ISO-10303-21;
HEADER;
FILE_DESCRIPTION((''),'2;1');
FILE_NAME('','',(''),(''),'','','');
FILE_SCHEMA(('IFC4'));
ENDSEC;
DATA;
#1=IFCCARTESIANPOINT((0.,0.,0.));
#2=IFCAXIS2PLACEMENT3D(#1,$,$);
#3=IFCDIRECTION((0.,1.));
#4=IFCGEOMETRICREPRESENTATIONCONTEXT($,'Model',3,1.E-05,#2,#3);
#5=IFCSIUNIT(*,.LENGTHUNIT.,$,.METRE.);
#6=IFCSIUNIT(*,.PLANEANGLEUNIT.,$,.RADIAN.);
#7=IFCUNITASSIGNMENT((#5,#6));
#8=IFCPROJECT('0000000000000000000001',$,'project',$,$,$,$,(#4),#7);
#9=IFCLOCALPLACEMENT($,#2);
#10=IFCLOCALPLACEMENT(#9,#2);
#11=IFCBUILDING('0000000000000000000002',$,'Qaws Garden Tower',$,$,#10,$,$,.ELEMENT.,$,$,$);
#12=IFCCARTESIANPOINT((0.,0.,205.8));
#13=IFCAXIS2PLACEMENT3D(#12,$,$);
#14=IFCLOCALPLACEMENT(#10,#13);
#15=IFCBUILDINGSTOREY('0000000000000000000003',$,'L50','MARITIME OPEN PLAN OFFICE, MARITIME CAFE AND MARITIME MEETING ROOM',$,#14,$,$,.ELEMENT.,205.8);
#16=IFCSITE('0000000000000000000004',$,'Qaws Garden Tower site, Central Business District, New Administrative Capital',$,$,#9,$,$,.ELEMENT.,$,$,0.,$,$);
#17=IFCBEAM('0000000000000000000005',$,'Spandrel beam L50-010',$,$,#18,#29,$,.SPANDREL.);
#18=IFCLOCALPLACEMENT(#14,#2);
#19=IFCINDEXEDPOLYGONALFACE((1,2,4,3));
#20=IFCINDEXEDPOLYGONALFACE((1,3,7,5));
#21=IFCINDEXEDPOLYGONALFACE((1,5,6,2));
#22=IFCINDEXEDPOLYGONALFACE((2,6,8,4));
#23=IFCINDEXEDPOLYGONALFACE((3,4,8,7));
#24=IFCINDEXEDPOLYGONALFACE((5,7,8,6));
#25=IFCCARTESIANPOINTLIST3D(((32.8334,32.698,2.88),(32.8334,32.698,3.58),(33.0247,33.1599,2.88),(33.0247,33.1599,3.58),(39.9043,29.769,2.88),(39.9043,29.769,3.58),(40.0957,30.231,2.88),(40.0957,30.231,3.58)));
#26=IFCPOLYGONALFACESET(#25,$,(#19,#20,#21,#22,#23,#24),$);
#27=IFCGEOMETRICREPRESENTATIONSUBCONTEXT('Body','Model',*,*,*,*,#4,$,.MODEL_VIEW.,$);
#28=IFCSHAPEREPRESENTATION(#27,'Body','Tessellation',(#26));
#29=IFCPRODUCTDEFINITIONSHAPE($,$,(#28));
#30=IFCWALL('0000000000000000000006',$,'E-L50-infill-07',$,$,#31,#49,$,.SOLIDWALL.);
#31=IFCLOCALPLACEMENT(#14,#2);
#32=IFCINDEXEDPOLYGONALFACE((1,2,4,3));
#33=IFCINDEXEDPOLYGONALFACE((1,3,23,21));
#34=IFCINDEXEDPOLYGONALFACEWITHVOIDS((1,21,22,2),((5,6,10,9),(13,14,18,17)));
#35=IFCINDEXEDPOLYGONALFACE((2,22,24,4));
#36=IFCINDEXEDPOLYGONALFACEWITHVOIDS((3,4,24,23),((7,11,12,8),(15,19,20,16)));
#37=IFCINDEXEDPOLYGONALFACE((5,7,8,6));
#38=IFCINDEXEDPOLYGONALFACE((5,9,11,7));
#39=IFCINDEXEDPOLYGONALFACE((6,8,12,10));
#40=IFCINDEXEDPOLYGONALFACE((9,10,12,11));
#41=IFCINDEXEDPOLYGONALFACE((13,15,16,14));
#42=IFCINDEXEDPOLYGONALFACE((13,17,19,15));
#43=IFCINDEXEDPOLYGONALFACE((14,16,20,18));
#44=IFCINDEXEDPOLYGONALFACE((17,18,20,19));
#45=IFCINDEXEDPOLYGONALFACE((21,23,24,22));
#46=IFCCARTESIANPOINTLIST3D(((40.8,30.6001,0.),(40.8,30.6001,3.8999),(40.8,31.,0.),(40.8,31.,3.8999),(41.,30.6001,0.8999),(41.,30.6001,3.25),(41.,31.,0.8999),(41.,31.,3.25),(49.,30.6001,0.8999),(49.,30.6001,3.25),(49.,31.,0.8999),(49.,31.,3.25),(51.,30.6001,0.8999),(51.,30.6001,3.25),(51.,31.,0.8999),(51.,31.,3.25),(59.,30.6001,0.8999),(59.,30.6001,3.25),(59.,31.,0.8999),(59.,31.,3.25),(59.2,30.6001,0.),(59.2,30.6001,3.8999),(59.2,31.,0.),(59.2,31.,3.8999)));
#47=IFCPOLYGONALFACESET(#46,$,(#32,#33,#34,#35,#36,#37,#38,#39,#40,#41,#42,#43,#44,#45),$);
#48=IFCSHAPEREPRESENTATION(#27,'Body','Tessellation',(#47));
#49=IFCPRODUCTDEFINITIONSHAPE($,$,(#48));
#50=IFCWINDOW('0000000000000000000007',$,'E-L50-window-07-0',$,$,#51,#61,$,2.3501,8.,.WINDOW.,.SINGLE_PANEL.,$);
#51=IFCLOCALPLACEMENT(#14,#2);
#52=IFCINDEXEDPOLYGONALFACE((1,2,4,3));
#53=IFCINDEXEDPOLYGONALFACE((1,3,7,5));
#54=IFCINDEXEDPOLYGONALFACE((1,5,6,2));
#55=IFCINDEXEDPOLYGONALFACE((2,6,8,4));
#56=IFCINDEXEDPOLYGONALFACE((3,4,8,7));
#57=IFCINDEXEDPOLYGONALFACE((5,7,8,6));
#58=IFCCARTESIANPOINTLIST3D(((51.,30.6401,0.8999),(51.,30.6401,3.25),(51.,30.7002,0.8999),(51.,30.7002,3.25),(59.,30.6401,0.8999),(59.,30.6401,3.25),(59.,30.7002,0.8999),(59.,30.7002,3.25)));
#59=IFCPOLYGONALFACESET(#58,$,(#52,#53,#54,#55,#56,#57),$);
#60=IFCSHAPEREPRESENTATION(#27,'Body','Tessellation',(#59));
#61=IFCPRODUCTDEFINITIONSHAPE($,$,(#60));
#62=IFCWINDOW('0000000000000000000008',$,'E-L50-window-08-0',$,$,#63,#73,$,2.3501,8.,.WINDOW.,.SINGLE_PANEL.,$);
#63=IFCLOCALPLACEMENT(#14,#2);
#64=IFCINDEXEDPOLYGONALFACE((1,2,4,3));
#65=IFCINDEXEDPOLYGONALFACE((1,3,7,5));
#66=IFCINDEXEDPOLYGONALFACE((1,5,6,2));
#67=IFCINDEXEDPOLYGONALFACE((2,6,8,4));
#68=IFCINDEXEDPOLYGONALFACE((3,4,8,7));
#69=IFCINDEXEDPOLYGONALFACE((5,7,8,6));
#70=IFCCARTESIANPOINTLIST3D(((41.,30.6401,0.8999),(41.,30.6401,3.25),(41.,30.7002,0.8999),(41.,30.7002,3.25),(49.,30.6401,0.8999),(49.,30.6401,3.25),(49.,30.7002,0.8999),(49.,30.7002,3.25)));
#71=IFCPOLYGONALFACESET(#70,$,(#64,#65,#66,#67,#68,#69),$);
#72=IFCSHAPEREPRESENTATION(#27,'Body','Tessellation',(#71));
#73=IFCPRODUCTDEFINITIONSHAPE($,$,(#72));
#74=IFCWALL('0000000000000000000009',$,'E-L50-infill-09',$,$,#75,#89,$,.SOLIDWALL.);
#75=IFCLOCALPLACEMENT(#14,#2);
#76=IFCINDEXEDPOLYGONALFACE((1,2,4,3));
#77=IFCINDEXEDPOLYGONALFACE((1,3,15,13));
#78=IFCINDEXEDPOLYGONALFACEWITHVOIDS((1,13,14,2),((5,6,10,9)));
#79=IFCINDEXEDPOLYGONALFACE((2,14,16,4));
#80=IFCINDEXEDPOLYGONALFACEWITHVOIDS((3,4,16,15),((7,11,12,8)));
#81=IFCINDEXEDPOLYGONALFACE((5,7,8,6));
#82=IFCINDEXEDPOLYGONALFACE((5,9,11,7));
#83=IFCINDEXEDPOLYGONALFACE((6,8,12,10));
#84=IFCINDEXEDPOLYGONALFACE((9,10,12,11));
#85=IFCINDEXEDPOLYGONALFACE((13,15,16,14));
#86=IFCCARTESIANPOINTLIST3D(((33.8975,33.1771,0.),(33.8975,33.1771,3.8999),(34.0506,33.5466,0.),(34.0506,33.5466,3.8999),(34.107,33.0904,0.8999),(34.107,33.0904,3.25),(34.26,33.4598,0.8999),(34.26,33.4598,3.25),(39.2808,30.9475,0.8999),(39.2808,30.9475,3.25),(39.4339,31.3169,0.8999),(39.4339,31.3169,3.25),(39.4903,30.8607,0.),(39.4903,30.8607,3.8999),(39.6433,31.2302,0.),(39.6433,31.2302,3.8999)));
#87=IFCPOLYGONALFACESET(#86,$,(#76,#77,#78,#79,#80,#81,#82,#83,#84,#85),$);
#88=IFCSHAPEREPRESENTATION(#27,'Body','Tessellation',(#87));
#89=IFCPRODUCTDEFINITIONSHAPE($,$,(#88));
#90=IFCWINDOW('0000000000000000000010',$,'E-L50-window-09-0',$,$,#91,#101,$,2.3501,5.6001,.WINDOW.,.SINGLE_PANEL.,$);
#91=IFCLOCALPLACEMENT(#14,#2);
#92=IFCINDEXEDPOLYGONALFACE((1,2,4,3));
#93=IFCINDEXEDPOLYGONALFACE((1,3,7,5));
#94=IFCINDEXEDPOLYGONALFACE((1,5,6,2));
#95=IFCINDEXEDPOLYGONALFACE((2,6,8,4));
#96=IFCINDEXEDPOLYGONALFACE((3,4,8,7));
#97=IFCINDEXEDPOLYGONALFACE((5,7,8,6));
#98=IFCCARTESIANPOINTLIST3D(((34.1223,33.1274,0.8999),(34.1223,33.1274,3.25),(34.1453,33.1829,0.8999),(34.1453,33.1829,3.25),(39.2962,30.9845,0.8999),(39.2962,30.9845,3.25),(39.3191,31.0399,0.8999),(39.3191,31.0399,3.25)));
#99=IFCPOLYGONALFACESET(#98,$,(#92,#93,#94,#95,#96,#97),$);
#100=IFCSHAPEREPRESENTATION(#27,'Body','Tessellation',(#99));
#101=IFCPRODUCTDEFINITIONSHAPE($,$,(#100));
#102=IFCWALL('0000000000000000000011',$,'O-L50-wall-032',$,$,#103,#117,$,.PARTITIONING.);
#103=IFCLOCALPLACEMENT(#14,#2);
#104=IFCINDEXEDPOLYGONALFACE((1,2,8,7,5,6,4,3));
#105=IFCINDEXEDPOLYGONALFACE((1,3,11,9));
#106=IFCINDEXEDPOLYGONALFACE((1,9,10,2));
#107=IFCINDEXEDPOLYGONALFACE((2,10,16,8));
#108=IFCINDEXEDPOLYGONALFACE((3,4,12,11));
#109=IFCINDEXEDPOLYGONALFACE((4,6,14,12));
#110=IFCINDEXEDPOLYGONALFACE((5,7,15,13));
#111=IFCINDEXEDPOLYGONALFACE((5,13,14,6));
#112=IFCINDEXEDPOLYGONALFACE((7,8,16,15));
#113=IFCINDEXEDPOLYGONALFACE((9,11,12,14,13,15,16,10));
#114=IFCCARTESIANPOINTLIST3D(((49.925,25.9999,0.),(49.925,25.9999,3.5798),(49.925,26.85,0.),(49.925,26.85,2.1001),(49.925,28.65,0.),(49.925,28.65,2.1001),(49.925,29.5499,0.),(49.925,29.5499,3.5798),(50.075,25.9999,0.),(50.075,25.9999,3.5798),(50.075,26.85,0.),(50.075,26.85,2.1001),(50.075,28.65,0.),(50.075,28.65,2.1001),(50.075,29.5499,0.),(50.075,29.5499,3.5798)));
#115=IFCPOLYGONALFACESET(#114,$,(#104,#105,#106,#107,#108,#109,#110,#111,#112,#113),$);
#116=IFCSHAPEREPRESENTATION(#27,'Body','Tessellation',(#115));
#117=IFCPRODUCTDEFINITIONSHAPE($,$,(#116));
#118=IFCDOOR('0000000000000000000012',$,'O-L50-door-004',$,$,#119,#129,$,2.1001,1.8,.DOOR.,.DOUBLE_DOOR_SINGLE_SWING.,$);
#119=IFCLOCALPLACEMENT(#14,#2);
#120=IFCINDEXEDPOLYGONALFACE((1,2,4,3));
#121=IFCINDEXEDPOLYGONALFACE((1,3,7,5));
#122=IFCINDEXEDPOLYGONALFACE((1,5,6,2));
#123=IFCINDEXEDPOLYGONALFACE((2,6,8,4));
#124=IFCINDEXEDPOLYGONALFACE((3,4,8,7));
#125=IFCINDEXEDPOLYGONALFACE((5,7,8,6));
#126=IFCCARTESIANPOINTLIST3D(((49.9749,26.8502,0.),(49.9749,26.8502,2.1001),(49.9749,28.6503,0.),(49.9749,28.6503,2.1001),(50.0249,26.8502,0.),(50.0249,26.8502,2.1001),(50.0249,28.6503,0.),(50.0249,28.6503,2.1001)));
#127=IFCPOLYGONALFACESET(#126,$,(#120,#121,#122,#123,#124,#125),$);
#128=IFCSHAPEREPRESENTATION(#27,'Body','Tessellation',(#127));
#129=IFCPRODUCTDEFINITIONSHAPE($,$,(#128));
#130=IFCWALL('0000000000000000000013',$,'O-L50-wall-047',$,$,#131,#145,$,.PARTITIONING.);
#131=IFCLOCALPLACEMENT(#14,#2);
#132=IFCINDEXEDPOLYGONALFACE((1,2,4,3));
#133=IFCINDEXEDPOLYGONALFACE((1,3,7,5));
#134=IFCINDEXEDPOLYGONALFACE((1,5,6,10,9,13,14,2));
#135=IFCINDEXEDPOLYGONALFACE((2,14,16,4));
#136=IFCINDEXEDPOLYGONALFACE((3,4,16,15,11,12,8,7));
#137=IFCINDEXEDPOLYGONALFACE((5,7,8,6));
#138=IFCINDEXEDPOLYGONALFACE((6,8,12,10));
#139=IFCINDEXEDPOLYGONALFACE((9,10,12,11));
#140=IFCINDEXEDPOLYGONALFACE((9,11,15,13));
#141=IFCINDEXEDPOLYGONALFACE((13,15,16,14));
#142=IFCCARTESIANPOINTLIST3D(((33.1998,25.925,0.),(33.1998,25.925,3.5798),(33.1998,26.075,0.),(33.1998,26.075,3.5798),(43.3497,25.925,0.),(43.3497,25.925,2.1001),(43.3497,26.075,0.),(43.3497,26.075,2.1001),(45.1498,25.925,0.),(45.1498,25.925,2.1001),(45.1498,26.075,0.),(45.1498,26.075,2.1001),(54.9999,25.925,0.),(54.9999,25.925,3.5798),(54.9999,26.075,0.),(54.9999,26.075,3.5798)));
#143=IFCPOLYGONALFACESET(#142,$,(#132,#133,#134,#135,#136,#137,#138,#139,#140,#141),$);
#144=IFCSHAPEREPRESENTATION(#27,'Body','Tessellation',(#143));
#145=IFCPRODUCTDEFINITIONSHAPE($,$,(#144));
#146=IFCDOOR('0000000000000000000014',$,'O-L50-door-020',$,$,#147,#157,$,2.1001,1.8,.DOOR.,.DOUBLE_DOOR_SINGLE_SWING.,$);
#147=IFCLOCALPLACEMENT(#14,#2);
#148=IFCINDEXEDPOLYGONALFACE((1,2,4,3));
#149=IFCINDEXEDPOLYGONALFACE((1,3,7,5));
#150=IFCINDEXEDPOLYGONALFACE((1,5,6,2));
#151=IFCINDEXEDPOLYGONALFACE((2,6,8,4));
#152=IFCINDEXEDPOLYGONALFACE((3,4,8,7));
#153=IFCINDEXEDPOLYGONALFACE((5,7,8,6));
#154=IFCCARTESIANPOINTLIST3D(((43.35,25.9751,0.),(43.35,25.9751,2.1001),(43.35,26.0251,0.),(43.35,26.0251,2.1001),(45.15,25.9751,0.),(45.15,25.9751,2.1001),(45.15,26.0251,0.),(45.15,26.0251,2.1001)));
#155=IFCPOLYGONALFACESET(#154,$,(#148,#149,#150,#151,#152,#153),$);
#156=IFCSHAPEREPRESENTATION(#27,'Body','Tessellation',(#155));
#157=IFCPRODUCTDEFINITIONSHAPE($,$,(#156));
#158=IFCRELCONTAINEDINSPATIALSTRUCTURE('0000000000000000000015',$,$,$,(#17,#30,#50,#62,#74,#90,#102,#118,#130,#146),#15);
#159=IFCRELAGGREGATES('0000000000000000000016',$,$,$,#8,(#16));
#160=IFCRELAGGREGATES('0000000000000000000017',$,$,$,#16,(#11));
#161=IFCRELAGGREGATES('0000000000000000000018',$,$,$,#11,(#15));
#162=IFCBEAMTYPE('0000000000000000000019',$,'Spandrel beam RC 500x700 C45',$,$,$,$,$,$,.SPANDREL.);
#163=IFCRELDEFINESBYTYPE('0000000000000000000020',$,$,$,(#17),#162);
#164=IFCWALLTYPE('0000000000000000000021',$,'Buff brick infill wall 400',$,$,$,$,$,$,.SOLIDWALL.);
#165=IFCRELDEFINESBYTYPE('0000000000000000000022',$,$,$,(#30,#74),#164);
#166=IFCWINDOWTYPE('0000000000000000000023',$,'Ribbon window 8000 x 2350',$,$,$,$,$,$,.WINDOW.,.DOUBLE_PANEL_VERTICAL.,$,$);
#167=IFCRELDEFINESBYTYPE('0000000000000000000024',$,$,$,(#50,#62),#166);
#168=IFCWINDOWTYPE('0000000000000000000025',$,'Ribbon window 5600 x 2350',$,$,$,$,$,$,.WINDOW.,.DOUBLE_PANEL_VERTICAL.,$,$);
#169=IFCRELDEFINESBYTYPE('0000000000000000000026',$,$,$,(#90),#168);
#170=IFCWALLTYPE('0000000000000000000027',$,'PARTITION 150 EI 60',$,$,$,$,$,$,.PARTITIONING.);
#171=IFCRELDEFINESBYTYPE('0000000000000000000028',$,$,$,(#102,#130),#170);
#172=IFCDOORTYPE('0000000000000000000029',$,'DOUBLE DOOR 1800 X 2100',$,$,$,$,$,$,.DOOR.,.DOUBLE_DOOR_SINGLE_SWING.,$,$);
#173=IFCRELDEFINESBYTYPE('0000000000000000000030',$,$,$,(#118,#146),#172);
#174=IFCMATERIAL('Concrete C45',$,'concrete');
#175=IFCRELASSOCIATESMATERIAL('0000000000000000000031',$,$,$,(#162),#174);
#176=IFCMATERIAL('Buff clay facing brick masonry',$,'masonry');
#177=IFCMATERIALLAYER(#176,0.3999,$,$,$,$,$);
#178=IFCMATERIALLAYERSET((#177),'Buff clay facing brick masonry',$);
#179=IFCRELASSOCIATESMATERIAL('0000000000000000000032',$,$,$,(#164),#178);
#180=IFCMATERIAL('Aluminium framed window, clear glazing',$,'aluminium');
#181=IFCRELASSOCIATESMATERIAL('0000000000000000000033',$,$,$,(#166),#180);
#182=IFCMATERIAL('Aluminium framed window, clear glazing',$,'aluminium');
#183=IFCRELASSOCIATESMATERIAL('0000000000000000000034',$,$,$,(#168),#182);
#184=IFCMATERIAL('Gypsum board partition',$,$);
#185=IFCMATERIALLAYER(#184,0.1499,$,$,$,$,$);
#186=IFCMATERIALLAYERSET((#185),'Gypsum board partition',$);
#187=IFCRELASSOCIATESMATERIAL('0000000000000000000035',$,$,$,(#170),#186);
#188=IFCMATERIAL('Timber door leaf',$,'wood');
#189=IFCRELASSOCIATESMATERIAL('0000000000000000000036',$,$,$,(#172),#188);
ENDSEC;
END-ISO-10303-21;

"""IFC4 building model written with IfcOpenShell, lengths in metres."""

from ifc_helpers import new_model, si_unit, direction, frame, frame_2d, origin, origin_2d, place, context, subcontext, project, spatial, rectangle, extrude, material, layer, layer_set, material_profile, profile_set, type_object, element, fill, save


model = new_model("IFC4")

# Units and contexts
model_context = context("Model", 3, precision=1e-05, world=origin(), true_north=direction((0.0, 1.0)))
body_context = subcontext(model_context, "Body", "Model", "MODEL_VIEW")
ifc_project = project(units=[si_unit("LENGTHUNIT", "METRE"), si_unit("PLANEANGLEUNIT", "RADIAN")], contexts=[model_context])

# Site, building, storey
site_placement = place(None, origin())
site = spatial("IfcSite", under=ifc_project, at=site_placement, Name="Qaws Garden Tower site, Central Business District, New Administrative Capital", CompositionType="ELEMENT", RefElevation=0.0)
building_placement = place(site_placement, origin())
building = spatial("IfcBuilding", under=site, at=building_placement, Name="Qaws Garden Tower", CompositionType="ELEMENT")
storey_placement = place(building_placement, frame((0.0, 0.0, 205.8)))
storey = spatial("IfcBuildingStorey", under=building, at=storey_placement, Name="L50", Description="MARITIME OPEN PLAN OFFICE, MARITIME CAFE AND MARITIME MEETING ROOM", CompositionType="ELEMENT", Elevation=205.8)

# Beam
ifc_material_1 = material(Name="Concrete C45", Category="concrete")
ifc_material_profile_1 = material_profile(ifc_material_1, rectangle(XDim=0.5, YDim=0.7, at=origin_2d()), Name="RC 500x700")
ifc_profile_set_1 = profile_set([ifc_material_profile_1], Name="Concrete C45")
beam_type = type_object("IfcBeamType", Name="Spandrel beam RC 500x700 C45", PredefinedType="SPANDREL", material=ifc_profile_set_1)
beam_placement = place(storey_placement, frame((40.0, 30.0, 3.23), z_axis=(-0.923878, 0.382687, 0.0), x_axis=(-0.382687, -0.923878, 0.0)))
element("IfcBeam", 1, at=beam_placement, inside=storey, type_object=beam_type, Name="Spandrel beam L50-010", PredefinedType="SPANDREL", context=body_context, shape_type="SweptSolid", body=[
    extrude(rectangle(XDim=0.5, YDim=0.7, at=origin_2d()), origin(), (0.0, 0.0, 1.0), 7.6536),
])

# Wall, openings, windows
ifc_material_2 = material(Name="Buff clay facing brick masonry", Category="masonry")
ifc_layer_1 = layer(ifc_material_2, 0.3999)
ifc_layer_set_1 = layer_set([ifc_layer_1], Name="Buff clay facing brick masonry")
wall_type_1 = type_object("IfcWallType", Name="Buff brick infill wall 400", PredefinedType="SOLIDWALL", material=ifc_layer_set_1)
wall_1_placement = place(storey_placement, frame((59.2, 30.8, 0.0), z_axis=(0.0, 0.0, 1.0), x_axis=(-1.0, 0.0, 0.0)))
wall_1 = element("IfcWall", 2, at=wall_1_placement, inside=storey, type_object=wall_type_1, Name="E-L50-infill-07", PredefinedType="SOLIDWALL", context=body_context, shape_type="SweptSolid", body=[
    extrude(rectangle(XDim=18.3999, YDim=0.3999, at=frame_2d((9.2, 0.0))), origin(), (0.0, 0.0, 1.0), 3.8999),
])
opening_1_placement = place(wall_1_placement, frame((0.2, 0.0, 0.8999)))
opening_1 = element("IfcOpeningElement", 3, at=opening_1_placement, cuts=wall_1, PredefinedType="OPENING", context=body_context, shape_type="SweptSolid", body=[
    extrude(rectangle(XDim=8.0, YDim=2.3501, at=frame_2d((4.0, 1.175))), frame((0.0, 0.21, 0.0), z_axis=(0.0, -1.0, 0.0), x_axis=(1.0, 0.0, 0.0)), (0.0, 0.0, 1.0), 0.4199),
])
opening_2_placement = place(wall_1_placement, frame((10.2, 0.0, 0.8999)))
opening_2 = element("IfcOpeningElement", 4, at=opening_2_placement, cuts=wall_1, PredefinedType="OPENING", context=body_context, shape_type="SweptSolid", body=[
    extrude(rectangle(XDim=8.0, YDim=2.3501, at=frame_2d((4.0, 1.175))), frame((0.0, 0.21, 0.0), z_axis=(0.0, -1.0, 0.0), x_axis=(1.0, 0.0, 0.0)), (0.0, 0.0, 1.0), 0.4199),
])
ifc_material_3 = material(Name="Aluminium framed window, clear glazing", Category="aluminium")
window_type_1 = type_object("IfcWindowType", Name="Ribbon window 8000 x 2350", PartitioningType="DOUBLE_PANEL_VERTICAL", PredefinedType="WINDOW", material=ifc_material_3)
window_1_placement = place(opening_1_placement, origin())
window_1 = element("IfcWindow", 5, at=window_1_placement, inside=storey, type_object=window_type_1, Name="E-L50-window-07-0", OverallHeight=2.3501, OverallWidth=8.0, PartitioningType="SINGLE_PANEL", PredefinedType="WINDOW", context=body_context, shape_type="SweptSolid", body=[
    extrude(rectangle(XDim=8.0, YDim=2.3501, at=frame_2d((4.0, 1.175))), frame((0.0, 0.1599, 0.0), z_axis=(0.0, -1.0, 0.0), x_axis=(1.0, 0.0, 0.0)), (0.0, 0.0, 1.0), 0.0601),
])
fill(opening_1, window_1)
window_2_placement = place(opening_2_placement, origin())
window_2 = element("IfcWindow", 6, at=window_2_placement, inside=storey, type_object=window_type_1, Name="E-L50-window-08-0", OverallHeight=2.3501, OverallWidth=8.0, PartitioningType="SINGLE_PANEL", PredefinedType="WINDOW", context=body_context, shape_type="SweptSolid", body=[
    extrude(rectangle(XDim=8.0, YDim=2.3501, at=frame_2d((4.0, 1.175))), frame((0.0, 0.1599, 0.0), z_axis=(0.0, -1.0, 0.0), x_axis=(1.0, 0.0, 0.0)), (0.0, 0.0, 1.0), 0.0601),
])
fill(opening_2, window_2)

# Wall, opening, window
wall_2_placement = place(storey_placement, frame((39.5669, 31.0454, 0.0), z_axis=(0.0, 0.0, 1.0), x_axis=(-0.923891, 0.382656, 0.0)))
wall_2 = element("IfcWall", 7, at=wall_2_placement, inside=storey, type_object=wall_type_1, Name="E-L50-infill-09", PredefinedType="SOLIDWALL", context=body_context, shape_type="SweptSolid", body=[
    extrude(rectangle(XDim=6.0535, YDim=0.3999, at=frame_2d((3.0269, 0.0))), origin(), (0.0, 0.0, 1.0), 3.8999),
])
opening_3_placement = place(wall_2_placement, frame((0.2268, 0.0, 0.8999)))
opening_3 = element("IfcOpeningElement", 8, at=opening_3_placement, cuts=wall_2, PredefinedType="OPENING", context=body_context, shape_type="SweptSolid", body=[
    extrude(rectangle(XDim=5.6001, YDim=2.3501, at=frame_2d((2.8, 1.175))), frame((0.0, 0.21, 0.0), z_axis=(0.0, -1.0, 0.0), x_axis=(1.0, 0.0, 0.0)), (0.0, 0.0, 1.0), 0.4199),
])
ifc_material_4 = material(Name="Aluminium framed window, clear glazing", Category="aluminium")
window_type_2 = type_object("IfcWindowType", Name="Ribbon window 5600 x 2350", PartitioningType="DOUBLE_PANEL_VERTICAL", PredefinedType="WINDOW", material=ifc_material_4)
window_3_placement = place(opening_3_placement, origin())
window_3 = element("IfcWindow", 9, at=window_3_placement, inside=storey, type_object=window_type_2, Name="E-L50-window-09-0", OverallHeight=2.3501, OverallWidth=5.6001, PartitioningType="SINGLE_PANEL", PredefinedType="WINDOW", context=body_context, shape_type="SweptSolid", body=[
    extrude(rectangle(XDim=5.6001, YDim=2.3501, at=frame_2d((2.8, 1.175))), frame((0.0, 0.1599, 0.0), z_axis=(0.0, -1.0, 0.0), x_axis=(1.0, 0.0, 0.0)), (0.0, 0.0, 1.0), 0.0601),
])
fill(opening_3, window_3)

# Walls, openings, doors
ifc_material_5 = material(Name="Gypsum board partition")
ifc_layer_2 = layer(ifc_material_5, 0.1499)
ifc_layer_set_2 = layer_set([ifc_layer_2], Name="Gypsum board partition")
wall_type_2 = type_object("IfcWallType", Name="PARTITION 150 EI 60", PredefinedType="PARTITIONING", material=ifc_layer_set_2)
wall_3_placement = place(storey_placement, frame((50.0, 26.0, 0.0), z_axis=(0.0, 0.0, 1.0), x_axis=(0.0, 1.0, 0.0)))
wall_3 = element("IfcWall", 10, at=wall_3_placement, inside=storey, type_object=wall_type_2, Name="O-L50-wall-032", PredefinedType="PARTITIONING", context=body_context, shape_type="SweptSolid", body=[
    extrude(rectangle(XDim=3.55, YDim=0.1499, at=frame_2d((1.7749, 0.0))), origin(), (0.0, 0.0, 1.0), 3.5798),
])
opening_4_placement = place(wall_3_placement, frame((0.8501, 0.0, 0.0)))
opening_4 = element("IfcOpeningElement", 11, at=opening_4_placement, cuts=wall_3, PredefinedType="OPENING", context=body_context, shape_type="SweptSolid", body=[
    extrude(rectangle(XDim=1.8, YDim=2.1001, at=frame_2d((0.8999, 1.05))), frame((0.0, 0.085, 0.0), z_axis=(0.0, -1.0, 0.0), x_axis=(1.0, 0.0, 0.0)), (0.0, 0.0, 1.0), 0.1699),
])
ifc_material_6 = material(Name="Timber door leaf", Category="wood")
door_type = type_object("IfcDoorType", Name="DOUBLE DOOR 1800 X 2100", OperationType="DOUBLE_DOOR_SINGLE_SWING", PredefinedType="DOOR", material=ifc_material_6)
door_1_placement = place(opening_4_placement, frame((1.8, 0.0, 0.0), z_axis=(0.0, 0.0, 1.0), x_axis=(-1.0, 0.0, 0.0)))
door_1 = element("IfcDoor", 12, at=door_1_placement, inside=storey, type_object=door_type, Name="O-L50-door-004", OperationType="DOUBLE_DOOR_SINGLE_SWING", OverallHeight=2.1001, OverallWidth=1.8, PredefinedType="DOOR", context=body_context, shape_type="SweptSolid", body=[
    extrude(rectangle(XDim=1.8, YDim=2.1001, at=frame_2d((0.8999, 1.05))), frame((0.0, 0.0249, 0.0), z_axis=(0.0, -1.0, 0.0), x_axis=(1.0, 0.0, 0.0)), (0.0, 0.0, 1.0), 0.05),
])
fill(opening_4, door_1)
wall_4_placement = place(storey_placement, frame((33.2, 26.0, 0.0), z_axis=(0.0, 0.0, 1.0), x_axis=(1.0, 0.0, 0.0)))
wall_4 = element("IfcWall", 13, at=wall_4_placement, inside=storey, type_object=wall_type_2, Name="O-L50-wall-047", PredefinedType="PARTITIONING", context=body_context, shape_type="SweptSolid", body=[
    extrude(rectangle(XDim=21.8, YDim=0.1499, at=frame_2d((10.8999, 0.0))), origin(), (0.0, 0.0, 1.0), 3.5798),
])
opening_5_placement = place(wall_4_placement, frame((10.1499, 0.0, 0.0)))
opening_5 = element("IfcOpeningElement", 14, at=opening_5_placement, cuts=wall_4, PredefinedType="OPENING", context=body_context, shape_type="SweptSolid", body=[
    extrude(rectangle(XDim=1.8, YDim=2.1001, at=frame_2d((0.8999, 1.05))), frame((0.0, 0.085, 0.0), z_axis=(0.0, -1.0, 0.0), x_axis=(1.0, 0.0, 0.0)), (0.0, 0.0, 1.0), 0.1699),
])
door_2_placement = place(opening_5_placement, frame((1.8, 0.0, 0.0), z_axis=(0.0, 0.0, 1.0), x_axis=(-1.0, 0.0, 0.0)))
door_2 = element("IfcDoor", 15, at=door_2_placement, inside=storey, type_object=door_type, Name="O-L50-door-020", OperationType="DOUBLE_DOOR_SINGLE_SWING", OverallHeight=2.1001, OverallWidth=1.8, PredefinedType="DOOR", context=body_context, shape_type="SweptSolid", body=[
    extrude(rectangle(XDim=1.8, YDim=2.1001, at=frame_2d((0.8999, 1.05))), frame((0.0, 0.0249, 0.0), z_axis=(0.0, -1.0, 0.0), x_axis=(1.0, 0.0, 0.0)), (0.0, 0.0, 1.0), 0.05),
])
fill(opening_5, door_2)

save(model, "model.ifc")
